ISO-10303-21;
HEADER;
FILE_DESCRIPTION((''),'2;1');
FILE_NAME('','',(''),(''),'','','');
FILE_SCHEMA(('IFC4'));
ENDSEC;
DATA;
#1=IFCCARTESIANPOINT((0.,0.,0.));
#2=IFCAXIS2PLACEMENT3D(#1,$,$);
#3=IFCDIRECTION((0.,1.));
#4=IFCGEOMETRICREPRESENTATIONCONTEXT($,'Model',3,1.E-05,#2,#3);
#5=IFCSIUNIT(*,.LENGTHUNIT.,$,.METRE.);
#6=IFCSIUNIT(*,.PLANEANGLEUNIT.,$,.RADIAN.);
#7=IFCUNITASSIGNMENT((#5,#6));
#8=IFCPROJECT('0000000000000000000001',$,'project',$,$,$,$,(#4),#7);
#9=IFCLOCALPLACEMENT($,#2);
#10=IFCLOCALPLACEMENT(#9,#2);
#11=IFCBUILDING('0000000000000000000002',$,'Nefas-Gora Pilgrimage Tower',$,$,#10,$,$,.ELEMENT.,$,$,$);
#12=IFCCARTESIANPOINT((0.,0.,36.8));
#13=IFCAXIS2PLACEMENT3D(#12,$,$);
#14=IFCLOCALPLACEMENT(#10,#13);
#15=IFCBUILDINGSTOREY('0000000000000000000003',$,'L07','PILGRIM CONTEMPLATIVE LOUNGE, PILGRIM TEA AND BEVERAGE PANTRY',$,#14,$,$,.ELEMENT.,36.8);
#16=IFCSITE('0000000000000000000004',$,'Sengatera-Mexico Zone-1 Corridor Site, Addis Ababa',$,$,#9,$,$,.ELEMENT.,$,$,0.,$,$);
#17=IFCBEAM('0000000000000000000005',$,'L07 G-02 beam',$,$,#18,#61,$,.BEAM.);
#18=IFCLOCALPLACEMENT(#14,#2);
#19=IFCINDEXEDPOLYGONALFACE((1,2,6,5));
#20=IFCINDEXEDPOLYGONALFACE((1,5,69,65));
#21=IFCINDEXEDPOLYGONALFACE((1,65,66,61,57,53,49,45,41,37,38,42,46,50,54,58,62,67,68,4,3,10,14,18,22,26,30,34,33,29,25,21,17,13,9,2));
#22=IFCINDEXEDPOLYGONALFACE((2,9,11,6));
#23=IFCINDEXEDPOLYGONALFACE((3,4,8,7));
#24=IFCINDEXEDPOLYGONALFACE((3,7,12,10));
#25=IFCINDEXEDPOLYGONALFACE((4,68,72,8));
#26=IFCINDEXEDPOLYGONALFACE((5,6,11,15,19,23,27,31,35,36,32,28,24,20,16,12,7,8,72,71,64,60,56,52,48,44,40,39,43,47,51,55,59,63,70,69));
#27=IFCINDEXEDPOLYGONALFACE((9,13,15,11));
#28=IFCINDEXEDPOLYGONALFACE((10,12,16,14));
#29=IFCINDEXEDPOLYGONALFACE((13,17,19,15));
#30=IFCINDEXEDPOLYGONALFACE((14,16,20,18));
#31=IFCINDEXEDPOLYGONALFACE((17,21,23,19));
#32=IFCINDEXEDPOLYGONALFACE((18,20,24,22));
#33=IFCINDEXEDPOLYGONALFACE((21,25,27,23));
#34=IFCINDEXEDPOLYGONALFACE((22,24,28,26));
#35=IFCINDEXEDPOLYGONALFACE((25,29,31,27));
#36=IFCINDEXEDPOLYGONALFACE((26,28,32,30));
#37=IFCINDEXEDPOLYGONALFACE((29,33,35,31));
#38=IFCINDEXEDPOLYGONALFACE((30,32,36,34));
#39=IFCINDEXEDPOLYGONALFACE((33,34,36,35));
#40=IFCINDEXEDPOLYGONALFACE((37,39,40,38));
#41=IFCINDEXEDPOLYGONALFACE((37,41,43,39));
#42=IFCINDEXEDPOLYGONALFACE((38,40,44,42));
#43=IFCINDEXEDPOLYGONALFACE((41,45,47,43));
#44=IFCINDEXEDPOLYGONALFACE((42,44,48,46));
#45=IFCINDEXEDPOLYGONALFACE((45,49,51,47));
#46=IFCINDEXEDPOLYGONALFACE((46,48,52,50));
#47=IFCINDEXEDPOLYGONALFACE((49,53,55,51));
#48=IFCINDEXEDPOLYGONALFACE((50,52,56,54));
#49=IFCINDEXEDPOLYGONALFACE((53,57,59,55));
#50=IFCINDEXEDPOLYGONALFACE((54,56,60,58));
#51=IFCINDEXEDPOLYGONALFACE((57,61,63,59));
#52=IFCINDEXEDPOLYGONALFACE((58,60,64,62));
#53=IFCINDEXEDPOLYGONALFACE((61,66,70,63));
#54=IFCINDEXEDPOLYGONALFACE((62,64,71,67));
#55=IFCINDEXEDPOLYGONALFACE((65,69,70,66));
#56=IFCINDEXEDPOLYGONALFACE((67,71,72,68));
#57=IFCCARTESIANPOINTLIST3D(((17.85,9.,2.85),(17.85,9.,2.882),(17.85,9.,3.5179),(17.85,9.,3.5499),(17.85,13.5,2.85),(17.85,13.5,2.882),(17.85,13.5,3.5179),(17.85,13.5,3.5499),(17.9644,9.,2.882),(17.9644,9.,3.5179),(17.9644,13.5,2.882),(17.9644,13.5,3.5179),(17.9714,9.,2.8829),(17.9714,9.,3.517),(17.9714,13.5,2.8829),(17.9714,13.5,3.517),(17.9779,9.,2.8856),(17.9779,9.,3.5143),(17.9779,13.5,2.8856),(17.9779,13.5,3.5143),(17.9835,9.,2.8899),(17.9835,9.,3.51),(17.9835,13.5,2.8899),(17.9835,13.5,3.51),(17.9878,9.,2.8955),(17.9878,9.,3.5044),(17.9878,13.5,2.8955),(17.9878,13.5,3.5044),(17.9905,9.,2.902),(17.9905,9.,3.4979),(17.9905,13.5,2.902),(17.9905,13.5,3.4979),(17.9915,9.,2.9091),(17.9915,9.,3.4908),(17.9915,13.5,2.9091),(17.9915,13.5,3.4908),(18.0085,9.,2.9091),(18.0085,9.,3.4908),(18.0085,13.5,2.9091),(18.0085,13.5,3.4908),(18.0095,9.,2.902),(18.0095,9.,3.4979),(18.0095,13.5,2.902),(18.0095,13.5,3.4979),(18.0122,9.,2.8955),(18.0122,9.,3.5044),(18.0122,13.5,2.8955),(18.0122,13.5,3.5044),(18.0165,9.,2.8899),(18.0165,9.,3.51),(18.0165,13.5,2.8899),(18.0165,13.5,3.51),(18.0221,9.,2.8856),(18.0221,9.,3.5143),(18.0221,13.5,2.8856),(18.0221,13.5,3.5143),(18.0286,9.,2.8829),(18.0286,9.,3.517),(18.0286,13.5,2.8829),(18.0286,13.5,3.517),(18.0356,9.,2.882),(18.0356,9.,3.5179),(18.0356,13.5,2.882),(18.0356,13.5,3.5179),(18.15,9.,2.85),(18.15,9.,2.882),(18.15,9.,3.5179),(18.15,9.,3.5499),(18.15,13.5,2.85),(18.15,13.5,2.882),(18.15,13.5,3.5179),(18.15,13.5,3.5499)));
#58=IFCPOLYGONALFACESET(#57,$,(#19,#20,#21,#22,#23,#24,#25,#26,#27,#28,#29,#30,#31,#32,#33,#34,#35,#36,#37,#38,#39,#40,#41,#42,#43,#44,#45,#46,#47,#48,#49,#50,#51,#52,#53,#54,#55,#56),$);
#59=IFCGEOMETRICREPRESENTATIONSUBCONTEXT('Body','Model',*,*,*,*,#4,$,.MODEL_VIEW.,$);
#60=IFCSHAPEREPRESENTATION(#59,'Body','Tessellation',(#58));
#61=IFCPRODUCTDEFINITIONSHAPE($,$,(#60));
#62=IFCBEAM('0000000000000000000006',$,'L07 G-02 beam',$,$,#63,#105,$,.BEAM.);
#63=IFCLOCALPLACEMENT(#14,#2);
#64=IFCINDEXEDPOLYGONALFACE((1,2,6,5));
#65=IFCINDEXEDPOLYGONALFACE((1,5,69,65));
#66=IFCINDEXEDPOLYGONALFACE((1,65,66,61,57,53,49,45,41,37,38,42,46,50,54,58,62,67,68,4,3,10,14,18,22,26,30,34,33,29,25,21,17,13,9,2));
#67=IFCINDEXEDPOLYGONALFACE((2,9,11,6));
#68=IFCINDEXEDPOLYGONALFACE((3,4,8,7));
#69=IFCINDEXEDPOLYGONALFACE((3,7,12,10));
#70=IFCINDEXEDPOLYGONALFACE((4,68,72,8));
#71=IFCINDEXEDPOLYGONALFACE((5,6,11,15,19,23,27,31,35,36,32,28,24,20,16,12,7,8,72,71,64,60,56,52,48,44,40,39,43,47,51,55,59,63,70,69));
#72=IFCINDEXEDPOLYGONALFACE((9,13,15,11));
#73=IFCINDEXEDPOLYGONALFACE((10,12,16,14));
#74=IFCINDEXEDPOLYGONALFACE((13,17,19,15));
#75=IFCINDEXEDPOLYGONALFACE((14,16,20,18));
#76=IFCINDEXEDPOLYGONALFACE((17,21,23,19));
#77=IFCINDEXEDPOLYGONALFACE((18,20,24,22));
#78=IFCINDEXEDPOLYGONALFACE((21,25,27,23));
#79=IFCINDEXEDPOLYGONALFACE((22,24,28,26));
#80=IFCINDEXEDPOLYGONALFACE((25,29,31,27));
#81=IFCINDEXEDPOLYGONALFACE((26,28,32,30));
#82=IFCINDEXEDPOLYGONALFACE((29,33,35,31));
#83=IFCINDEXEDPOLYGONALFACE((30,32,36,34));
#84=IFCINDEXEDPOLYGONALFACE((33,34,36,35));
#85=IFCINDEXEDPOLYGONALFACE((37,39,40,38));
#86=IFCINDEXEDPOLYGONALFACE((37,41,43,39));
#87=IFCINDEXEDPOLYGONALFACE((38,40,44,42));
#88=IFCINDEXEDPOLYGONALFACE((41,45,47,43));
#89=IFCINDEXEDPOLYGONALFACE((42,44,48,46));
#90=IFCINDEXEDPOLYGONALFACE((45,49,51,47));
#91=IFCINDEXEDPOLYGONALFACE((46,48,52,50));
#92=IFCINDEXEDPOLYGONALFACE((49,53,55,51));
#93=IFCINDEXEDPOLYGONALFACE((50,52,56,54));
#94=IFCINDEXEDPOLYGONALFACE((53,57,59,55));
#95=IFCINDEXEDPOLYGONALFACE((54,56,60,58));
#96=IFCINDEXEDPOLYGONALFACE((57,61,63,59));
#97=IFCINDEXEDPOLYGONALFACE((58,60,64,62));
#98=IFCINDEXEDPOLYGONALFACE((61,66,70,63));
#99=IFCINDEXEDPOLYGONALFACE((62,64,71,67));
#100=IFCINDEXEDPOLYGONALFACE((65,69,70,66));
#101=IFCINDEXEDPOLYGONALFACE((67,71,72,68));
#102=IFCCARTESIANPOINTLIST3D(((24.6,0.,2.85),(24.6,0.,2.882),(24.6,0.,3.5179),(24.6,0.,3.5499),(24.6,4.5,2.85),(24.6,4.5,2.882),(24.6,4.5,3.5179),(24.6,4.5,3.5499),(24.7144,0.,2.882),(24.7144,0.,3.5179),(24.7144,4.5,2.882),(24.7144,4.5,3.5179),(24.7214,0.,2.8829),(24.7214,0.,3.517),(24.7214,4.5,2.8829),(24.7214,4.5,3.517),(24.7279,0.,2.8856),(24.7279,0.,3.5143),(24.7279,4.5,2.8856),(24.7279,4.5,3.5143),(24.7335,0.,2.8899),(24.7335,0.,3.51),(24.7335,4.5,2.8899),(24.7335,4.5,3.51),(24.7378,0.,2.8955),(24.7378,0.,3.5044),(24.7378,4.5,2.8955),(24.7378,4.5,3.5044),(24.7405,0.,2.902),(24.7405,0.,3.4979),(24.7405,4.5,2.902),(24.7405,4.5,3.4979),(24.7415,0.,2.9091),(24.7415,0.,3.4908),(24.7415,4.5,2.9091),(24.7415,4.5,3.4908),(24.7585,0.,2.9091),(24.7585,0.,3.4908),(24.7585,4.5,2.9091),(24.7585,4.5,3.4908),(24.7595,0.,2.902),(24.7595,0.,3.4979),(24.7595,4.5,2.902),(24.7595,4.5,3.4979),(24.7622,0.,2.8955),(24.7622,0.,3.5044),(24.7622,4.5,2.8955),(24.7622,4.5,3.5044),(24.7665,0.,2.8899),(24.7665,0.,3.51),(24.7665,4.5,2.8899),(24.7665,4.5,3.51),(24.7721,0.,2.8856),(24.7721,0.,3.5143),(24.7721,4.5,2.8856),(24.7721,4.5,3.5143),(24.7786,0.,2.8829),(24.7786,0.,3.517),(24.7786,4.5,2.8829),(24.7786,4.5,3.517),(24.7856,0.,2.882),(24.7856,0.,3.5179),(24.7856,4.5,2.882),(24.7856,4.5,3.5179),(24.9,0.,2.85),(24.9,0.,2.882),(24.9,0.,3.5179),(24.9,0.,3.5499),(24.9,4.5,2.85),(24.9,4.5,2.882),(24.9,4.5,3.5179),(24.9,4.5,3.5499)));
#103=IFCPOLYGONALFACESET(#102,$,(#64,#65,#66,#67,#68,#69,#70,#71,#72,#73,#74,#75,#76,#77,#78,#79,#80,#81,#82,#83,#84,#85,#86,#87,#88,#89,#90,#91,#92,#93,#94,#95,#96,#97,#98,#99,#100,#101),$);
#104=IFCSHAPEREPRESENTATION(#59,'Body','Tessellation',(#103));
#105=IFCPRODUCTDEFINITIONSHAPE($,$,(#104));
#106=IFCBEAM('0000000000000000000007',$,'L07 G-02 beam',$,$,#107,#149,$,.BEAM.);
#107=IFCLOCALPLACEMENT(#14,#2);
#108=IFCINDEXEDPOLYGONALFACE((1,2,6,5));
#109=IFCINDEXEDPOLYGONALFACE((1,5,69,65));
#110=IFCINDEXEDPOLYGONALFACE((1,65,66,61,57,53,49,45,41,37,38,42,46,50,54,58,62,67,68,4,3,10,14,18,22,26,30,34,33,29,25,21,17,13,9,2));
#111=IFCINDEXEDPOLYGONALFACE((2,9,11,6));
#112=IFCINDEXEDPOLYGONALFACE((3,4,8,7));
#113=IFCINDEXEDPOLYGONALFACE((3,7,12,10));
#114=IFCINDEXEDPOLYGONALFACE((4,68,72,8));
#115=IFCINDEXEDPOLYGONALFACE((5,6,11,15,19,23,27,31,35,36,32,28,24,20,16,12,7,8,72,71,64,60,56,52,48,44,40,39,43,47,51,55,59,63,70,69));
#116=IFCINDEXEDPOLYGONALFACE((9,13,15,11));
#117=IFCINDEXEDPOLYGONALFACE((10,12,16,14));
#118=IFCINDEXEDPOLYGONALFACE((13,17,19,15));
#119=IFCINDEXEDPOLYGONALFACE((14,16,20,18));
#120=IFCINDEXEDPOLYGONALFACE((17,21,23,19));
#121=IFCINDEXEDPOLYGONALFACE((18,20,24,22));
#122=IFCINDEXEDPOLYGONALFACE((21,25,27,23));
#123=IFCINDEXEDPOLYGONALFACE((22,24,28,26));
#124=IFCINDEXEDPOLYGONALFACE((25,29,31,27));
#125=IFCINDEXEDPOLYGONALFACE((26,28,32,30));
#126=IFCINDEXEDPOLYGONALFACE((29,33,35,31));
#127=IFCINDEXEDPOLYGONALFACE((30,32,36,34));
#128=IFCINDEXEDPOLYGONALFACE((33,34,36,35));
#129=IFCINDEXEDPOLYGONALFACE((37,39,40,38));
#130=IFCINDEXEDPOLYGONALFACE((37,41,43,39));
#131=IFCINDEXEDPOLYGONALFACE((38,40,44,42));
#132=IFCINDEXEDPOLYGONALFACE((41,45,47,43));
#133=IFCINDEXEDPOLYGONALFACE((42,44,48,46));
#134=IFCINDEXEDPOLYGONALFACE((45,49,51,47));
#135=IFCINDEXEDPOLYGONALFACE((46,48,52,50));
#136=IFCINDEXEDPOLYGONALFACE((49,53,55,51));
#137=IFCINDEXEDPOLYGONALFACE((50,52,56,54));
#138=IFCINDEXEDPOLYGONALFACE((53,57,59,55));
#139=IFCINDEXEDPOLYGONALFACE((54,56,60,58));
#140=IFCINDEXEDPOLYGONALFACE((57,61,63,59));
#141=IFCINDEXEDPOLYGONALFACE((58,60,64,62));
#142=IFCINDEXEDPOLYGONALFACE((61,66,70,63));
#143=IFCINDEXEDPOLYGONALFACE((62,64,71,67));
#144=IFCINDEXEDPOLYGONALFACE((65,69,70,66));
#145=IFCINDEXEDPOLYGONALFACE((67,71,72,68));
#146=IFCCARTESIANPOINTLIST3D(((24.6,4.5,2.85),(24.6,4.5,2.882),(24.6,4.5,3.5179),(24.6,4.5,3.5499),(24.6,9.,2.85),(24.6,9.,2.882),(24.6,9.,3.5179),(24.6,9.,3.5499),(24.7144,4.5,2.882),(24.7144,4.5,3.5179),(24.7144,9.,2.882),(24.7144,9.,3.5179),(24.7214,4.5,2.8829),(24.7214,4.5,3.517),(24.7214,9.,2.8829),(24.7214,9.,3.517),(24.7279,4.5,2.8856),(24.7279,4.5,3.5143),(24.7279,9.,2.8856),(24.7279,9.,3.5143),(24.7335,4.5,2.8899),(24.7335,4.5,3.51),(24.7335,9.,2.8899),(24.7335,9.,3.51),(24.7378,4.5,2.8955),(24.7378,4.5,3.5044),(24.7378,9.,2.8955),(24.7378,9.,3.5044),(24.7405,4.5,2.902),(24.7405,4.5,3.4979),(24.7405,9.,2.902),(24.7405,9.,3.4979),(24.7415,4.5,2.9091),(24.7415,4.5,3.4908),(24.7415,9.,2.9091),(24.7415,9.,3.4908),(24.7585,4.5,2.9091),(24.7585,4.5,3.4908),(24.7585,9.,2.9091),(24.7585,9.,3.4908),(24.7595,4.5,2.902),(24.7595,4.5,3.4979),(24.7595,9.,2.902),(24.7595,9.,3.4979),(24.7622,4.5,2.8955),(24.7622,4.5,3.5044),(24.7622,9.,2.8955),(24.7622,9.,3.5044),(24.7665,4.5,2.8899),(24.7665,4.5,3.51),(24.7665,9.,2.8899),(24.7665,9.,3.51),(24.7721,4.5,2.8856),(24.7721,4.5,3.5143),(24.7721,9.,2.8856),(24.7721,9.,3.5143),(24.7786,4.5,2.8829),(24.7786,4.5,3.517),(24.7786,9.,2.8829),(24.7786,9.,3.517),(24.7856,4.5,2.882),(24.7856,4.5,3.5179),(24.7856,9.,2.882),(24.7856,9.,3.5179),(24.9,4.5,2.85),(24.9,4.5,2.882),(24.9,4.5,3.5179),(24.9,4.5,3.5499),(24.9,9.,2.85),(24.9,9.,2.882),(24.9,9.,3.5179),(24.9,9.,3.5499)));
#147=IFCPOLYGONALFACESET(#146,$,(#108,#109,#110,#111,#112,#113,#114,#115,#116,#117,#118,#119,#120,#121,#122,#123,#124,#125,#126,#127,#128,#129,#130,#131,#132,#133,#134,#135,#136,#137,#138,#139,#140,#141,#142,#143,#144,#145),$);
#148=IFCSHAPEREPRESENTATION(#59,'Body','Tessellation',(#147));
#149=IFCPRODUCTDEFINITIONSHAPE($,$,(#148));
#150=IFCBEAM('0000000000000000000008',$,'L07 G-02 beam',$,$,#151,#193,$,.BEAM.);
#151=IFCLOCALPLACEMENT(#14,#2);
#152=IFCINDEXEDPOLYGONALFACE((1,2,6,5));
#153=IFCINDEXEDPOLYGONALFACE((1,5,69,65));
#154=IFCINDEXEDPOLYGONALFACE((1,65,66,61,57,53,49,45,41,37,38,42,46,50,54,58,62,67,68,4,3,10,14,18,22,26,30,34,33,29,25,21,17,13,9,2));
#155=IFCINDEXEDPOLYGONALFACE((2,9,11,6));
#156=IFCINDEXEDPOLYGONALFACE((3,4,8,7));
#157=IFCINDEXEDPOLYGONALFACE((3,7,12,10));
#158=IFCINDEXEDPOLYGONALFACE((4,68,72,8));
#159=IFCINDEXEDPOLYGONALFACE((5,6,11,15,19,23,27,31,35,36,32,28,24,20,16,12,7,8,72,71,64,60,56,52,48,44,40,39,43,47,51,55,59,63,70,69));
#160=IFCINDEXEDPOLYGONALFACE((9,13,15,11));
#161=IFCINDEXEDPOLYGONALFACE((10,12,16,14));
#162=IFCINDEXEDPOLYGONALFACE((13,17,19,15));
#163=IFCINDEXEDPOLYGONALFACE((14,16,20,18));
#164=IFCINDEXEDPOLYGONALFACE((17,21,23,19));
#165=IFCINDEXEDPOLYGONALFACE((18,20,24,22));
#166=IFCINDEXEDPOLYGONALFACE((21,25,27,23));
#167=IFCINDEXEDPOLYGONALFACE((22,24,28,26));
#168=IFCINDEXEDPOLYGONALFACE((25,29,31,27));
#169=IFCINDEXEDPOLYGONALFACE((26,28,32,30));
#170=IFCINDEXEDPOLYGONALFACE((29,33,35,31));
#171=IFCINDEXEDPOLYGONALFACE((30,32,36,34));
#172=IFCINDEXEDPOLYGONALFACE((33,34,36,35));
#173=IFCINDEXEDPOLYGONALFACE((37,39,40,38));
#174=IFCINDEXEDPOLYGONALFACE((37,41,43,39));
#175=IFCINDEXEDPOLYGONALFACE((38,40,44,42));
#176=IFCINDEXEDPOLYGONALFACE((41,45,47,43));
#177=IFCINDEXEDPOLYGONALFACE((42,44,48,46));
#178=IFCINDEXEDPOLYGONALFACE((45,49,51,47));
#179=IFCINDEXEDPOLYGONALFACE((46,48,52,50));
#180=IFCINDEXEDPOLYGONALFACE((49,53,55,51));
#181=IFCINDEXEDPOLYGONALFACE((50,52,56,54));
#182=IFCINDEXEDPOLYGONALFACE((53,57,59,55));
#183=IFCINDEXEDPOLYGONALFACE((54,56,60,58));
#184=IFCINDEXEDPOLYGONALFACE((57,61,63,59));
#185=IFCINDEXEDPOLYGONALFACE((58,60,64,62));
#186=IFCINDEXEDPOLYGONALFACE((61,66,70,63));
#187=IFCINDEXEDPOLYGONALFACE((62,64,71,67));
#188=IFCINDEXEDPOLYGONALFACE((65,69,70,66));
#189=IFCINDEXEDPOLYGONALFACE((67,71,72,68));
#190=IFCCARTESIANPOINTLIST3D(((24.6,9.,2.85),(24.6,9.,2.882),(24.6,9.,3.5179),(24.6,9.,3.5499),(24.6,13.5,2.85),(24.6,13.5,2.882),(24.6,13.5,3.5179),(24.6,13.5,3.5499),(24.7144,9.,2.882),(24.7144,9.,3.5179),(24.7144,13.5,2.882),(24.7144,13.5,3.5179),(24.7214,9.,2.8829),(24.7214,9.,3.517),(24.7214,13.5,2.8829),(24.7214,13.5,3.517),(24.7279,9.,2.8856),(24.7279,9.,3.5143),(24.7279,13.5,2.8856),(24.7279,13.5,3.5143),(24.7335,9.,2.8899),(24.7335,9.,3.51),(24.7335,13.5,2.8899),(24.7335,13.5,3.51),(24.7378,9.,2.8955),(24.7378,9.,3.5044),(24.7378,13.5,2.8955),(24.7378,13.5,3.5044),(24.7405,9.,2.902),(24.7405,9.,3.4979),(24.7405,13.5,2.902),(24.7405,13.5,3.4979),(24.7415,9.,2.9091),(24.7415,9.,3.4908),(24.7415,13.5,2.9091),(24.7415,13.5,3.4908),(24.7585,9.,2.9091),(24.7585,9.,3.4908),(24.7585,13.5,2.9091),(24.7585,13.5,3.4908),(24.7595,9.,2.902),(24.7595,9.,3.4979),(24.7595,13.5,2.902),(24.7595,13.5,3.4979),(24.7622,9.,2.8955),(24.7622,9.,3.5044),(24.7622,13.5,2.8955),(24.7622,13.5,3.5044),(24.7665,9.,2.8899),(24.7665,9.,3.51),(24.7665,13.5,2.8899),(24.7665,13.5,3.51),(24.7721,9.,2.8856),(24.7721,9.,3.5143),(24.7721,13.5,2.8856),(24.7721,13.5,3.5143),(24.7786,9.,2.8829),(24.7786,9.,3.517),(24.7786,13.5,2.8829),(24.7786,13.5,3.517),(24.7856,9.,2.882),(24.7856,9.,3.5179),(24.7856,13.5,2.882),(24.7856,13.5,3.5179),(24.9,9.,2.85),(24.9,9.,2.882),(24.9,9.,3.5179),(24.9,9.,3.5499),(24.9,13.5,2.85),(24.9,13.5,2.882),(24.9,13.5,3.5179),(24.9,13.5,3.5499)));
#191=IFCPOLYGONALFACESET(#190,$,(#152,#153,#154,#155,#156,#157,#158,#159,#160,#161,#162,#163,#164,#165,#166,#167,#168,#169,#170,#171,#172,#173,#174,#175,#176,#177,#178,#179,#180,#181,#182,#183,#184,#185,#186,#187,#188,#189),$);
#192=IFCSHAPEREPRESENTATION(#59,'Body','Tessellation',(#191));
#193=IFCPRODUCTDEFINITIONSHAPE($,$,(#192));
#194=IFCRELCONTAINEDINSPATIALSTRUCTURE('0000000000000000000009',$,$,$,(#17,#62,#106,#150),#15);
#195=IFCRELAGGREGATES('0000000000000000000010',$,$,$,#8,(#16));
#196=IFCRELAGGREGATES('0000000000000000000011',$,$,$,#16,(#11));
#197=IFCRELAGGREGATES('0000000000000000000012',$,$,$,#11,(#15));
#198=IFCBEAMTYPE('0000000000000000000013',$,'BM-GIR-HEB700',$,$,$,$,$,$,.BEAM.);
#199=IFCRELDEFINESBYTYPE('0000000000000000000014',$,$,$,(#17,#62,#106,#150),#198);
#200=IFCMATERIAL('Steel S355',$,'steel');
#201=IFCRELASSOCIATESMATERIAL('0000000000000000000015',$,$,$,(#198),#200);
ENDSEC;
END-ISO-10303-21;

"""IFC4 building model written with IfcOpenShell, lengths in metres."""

from ifc_helpers import new_model, si_unit, direction, frame, origin, origin_2d, place, context, subcontext, project, spatial, i_section, extrude, source, transform, mapped, material, material_profile, profile_set, type_object, element, save


model = new_model("IFC4")

# Units and contexts
model_context = context("Model", 3, precision=1e-05, world=origin(), true_north=direction((0.0, 1.0)))
body_context = subcontext(model_context, "Body", "Model", "MODEL_VIEW")
ifc_project = project(units=[si_unit("LENGTHUNIT", "METRE"), si_unit("PLANEANGLEUNIT", "RADIAN")], contexts=[model_context])

# Site, building, storey
site_placement = place(None, origin())
site = spatial("IfcSite", under=ifc_project, at=site_placement, Name="Sengatera-Mexico Zone-1 Corridor Site, Addis Ababa", CompositionType="ELEMENT", RefElevation=0.0)
building_placement = place(site_placement, origin())
building = spatial("IfcBuilding", under=site, at=building_placement, Name="Nefas-Gora Pilgrimage Tower", CompositionType="ELEMENT")
storey_placement = place(building_placement, frame((0.0, 0.0, 36.8)))
storey = spatial("IfcBuildingStorey", under=building, at=storey_placement, Name="L07", Description="PILGRIM CONTEMPLATIVE LOUNGE, PILGRIM TEA AND BEVERAGE PANTRY", CompositionType="ELEMENT", Elevation=36.8)

# Beams
ifc_material_1 = material(Name="Steel S355", Category="steel")
ifc_material_profile_1 = material_profile(ifc_material_1, i_section(OverallWidth=0.3, OverallDepth=0.7, WebThickness=0.0171, FlangeThickness=0.032, FilletRadius=0.0271, at=origin_2d()), Name="HEB 700")
ifc_profile_set_1 = profile_set([ifc_material_profile_1], Name="Steel S355")
beam_type_1 = type_object("IfcBeamType", Name="BM-GIR-HEB700", PredefinedType="BEAM", material=ifc_profile_set_1)
shared_shape_1 = source(origin(), body_context, "Body", "SweptSolid", [
    extrude(i_section(OverallWidth=0.3, OverallDepth=0.7, WebThickness=0.0171, FlangeThickness=0.032, FilletRadius=0.0271, at=origin_2d()), origin(), (0.0, 0.0, 1.0), 4.5),
])
for number, where, z_axis, x_axis, name in (
    (1, (18.0, 9.0, 3.2), (0.0, 1.0, 0.0), (-1.0, 0.0, 0.0), "L07 G-02 beam"),
    (2, (24.75, 0.0, 3.2), (0.0, 1.0, 0.0), (-1.0, 0.0, 0.0), "L07 G-02 beam"),
    (3, (24.75, 4.5, 3.2), (0.0, 1.0, 0.0), (-1.0, 0.0, 0.0), "L07 G-02 beam"),
    (4, (24.75, 9.0, 3.2), (0.0, 1.0, 0.0), (-1.0, 0.0, 0.0), "L07 G-02 beam"),
):
    element("IfcBeam", number, at=place(storey_placement, frame(where, z_axis=z_axis, x_axis=x_axis)), inside=storey, type_object=beam_type_1, Name=name, PredefinedType="BEAM", context=body_context, shape_type="MappedRepresentation", body=[
        mapped(shared_shape_1, transform((0.0, 0.0, 0.0), x_axis=(1.0, 0.0, 0.0), y_axis=(0.0, 1.0, 0.0), z_axis=(0.0, 0.0, 1.0), scale=1.0)),
    ])

save(model, "model.ifc")
